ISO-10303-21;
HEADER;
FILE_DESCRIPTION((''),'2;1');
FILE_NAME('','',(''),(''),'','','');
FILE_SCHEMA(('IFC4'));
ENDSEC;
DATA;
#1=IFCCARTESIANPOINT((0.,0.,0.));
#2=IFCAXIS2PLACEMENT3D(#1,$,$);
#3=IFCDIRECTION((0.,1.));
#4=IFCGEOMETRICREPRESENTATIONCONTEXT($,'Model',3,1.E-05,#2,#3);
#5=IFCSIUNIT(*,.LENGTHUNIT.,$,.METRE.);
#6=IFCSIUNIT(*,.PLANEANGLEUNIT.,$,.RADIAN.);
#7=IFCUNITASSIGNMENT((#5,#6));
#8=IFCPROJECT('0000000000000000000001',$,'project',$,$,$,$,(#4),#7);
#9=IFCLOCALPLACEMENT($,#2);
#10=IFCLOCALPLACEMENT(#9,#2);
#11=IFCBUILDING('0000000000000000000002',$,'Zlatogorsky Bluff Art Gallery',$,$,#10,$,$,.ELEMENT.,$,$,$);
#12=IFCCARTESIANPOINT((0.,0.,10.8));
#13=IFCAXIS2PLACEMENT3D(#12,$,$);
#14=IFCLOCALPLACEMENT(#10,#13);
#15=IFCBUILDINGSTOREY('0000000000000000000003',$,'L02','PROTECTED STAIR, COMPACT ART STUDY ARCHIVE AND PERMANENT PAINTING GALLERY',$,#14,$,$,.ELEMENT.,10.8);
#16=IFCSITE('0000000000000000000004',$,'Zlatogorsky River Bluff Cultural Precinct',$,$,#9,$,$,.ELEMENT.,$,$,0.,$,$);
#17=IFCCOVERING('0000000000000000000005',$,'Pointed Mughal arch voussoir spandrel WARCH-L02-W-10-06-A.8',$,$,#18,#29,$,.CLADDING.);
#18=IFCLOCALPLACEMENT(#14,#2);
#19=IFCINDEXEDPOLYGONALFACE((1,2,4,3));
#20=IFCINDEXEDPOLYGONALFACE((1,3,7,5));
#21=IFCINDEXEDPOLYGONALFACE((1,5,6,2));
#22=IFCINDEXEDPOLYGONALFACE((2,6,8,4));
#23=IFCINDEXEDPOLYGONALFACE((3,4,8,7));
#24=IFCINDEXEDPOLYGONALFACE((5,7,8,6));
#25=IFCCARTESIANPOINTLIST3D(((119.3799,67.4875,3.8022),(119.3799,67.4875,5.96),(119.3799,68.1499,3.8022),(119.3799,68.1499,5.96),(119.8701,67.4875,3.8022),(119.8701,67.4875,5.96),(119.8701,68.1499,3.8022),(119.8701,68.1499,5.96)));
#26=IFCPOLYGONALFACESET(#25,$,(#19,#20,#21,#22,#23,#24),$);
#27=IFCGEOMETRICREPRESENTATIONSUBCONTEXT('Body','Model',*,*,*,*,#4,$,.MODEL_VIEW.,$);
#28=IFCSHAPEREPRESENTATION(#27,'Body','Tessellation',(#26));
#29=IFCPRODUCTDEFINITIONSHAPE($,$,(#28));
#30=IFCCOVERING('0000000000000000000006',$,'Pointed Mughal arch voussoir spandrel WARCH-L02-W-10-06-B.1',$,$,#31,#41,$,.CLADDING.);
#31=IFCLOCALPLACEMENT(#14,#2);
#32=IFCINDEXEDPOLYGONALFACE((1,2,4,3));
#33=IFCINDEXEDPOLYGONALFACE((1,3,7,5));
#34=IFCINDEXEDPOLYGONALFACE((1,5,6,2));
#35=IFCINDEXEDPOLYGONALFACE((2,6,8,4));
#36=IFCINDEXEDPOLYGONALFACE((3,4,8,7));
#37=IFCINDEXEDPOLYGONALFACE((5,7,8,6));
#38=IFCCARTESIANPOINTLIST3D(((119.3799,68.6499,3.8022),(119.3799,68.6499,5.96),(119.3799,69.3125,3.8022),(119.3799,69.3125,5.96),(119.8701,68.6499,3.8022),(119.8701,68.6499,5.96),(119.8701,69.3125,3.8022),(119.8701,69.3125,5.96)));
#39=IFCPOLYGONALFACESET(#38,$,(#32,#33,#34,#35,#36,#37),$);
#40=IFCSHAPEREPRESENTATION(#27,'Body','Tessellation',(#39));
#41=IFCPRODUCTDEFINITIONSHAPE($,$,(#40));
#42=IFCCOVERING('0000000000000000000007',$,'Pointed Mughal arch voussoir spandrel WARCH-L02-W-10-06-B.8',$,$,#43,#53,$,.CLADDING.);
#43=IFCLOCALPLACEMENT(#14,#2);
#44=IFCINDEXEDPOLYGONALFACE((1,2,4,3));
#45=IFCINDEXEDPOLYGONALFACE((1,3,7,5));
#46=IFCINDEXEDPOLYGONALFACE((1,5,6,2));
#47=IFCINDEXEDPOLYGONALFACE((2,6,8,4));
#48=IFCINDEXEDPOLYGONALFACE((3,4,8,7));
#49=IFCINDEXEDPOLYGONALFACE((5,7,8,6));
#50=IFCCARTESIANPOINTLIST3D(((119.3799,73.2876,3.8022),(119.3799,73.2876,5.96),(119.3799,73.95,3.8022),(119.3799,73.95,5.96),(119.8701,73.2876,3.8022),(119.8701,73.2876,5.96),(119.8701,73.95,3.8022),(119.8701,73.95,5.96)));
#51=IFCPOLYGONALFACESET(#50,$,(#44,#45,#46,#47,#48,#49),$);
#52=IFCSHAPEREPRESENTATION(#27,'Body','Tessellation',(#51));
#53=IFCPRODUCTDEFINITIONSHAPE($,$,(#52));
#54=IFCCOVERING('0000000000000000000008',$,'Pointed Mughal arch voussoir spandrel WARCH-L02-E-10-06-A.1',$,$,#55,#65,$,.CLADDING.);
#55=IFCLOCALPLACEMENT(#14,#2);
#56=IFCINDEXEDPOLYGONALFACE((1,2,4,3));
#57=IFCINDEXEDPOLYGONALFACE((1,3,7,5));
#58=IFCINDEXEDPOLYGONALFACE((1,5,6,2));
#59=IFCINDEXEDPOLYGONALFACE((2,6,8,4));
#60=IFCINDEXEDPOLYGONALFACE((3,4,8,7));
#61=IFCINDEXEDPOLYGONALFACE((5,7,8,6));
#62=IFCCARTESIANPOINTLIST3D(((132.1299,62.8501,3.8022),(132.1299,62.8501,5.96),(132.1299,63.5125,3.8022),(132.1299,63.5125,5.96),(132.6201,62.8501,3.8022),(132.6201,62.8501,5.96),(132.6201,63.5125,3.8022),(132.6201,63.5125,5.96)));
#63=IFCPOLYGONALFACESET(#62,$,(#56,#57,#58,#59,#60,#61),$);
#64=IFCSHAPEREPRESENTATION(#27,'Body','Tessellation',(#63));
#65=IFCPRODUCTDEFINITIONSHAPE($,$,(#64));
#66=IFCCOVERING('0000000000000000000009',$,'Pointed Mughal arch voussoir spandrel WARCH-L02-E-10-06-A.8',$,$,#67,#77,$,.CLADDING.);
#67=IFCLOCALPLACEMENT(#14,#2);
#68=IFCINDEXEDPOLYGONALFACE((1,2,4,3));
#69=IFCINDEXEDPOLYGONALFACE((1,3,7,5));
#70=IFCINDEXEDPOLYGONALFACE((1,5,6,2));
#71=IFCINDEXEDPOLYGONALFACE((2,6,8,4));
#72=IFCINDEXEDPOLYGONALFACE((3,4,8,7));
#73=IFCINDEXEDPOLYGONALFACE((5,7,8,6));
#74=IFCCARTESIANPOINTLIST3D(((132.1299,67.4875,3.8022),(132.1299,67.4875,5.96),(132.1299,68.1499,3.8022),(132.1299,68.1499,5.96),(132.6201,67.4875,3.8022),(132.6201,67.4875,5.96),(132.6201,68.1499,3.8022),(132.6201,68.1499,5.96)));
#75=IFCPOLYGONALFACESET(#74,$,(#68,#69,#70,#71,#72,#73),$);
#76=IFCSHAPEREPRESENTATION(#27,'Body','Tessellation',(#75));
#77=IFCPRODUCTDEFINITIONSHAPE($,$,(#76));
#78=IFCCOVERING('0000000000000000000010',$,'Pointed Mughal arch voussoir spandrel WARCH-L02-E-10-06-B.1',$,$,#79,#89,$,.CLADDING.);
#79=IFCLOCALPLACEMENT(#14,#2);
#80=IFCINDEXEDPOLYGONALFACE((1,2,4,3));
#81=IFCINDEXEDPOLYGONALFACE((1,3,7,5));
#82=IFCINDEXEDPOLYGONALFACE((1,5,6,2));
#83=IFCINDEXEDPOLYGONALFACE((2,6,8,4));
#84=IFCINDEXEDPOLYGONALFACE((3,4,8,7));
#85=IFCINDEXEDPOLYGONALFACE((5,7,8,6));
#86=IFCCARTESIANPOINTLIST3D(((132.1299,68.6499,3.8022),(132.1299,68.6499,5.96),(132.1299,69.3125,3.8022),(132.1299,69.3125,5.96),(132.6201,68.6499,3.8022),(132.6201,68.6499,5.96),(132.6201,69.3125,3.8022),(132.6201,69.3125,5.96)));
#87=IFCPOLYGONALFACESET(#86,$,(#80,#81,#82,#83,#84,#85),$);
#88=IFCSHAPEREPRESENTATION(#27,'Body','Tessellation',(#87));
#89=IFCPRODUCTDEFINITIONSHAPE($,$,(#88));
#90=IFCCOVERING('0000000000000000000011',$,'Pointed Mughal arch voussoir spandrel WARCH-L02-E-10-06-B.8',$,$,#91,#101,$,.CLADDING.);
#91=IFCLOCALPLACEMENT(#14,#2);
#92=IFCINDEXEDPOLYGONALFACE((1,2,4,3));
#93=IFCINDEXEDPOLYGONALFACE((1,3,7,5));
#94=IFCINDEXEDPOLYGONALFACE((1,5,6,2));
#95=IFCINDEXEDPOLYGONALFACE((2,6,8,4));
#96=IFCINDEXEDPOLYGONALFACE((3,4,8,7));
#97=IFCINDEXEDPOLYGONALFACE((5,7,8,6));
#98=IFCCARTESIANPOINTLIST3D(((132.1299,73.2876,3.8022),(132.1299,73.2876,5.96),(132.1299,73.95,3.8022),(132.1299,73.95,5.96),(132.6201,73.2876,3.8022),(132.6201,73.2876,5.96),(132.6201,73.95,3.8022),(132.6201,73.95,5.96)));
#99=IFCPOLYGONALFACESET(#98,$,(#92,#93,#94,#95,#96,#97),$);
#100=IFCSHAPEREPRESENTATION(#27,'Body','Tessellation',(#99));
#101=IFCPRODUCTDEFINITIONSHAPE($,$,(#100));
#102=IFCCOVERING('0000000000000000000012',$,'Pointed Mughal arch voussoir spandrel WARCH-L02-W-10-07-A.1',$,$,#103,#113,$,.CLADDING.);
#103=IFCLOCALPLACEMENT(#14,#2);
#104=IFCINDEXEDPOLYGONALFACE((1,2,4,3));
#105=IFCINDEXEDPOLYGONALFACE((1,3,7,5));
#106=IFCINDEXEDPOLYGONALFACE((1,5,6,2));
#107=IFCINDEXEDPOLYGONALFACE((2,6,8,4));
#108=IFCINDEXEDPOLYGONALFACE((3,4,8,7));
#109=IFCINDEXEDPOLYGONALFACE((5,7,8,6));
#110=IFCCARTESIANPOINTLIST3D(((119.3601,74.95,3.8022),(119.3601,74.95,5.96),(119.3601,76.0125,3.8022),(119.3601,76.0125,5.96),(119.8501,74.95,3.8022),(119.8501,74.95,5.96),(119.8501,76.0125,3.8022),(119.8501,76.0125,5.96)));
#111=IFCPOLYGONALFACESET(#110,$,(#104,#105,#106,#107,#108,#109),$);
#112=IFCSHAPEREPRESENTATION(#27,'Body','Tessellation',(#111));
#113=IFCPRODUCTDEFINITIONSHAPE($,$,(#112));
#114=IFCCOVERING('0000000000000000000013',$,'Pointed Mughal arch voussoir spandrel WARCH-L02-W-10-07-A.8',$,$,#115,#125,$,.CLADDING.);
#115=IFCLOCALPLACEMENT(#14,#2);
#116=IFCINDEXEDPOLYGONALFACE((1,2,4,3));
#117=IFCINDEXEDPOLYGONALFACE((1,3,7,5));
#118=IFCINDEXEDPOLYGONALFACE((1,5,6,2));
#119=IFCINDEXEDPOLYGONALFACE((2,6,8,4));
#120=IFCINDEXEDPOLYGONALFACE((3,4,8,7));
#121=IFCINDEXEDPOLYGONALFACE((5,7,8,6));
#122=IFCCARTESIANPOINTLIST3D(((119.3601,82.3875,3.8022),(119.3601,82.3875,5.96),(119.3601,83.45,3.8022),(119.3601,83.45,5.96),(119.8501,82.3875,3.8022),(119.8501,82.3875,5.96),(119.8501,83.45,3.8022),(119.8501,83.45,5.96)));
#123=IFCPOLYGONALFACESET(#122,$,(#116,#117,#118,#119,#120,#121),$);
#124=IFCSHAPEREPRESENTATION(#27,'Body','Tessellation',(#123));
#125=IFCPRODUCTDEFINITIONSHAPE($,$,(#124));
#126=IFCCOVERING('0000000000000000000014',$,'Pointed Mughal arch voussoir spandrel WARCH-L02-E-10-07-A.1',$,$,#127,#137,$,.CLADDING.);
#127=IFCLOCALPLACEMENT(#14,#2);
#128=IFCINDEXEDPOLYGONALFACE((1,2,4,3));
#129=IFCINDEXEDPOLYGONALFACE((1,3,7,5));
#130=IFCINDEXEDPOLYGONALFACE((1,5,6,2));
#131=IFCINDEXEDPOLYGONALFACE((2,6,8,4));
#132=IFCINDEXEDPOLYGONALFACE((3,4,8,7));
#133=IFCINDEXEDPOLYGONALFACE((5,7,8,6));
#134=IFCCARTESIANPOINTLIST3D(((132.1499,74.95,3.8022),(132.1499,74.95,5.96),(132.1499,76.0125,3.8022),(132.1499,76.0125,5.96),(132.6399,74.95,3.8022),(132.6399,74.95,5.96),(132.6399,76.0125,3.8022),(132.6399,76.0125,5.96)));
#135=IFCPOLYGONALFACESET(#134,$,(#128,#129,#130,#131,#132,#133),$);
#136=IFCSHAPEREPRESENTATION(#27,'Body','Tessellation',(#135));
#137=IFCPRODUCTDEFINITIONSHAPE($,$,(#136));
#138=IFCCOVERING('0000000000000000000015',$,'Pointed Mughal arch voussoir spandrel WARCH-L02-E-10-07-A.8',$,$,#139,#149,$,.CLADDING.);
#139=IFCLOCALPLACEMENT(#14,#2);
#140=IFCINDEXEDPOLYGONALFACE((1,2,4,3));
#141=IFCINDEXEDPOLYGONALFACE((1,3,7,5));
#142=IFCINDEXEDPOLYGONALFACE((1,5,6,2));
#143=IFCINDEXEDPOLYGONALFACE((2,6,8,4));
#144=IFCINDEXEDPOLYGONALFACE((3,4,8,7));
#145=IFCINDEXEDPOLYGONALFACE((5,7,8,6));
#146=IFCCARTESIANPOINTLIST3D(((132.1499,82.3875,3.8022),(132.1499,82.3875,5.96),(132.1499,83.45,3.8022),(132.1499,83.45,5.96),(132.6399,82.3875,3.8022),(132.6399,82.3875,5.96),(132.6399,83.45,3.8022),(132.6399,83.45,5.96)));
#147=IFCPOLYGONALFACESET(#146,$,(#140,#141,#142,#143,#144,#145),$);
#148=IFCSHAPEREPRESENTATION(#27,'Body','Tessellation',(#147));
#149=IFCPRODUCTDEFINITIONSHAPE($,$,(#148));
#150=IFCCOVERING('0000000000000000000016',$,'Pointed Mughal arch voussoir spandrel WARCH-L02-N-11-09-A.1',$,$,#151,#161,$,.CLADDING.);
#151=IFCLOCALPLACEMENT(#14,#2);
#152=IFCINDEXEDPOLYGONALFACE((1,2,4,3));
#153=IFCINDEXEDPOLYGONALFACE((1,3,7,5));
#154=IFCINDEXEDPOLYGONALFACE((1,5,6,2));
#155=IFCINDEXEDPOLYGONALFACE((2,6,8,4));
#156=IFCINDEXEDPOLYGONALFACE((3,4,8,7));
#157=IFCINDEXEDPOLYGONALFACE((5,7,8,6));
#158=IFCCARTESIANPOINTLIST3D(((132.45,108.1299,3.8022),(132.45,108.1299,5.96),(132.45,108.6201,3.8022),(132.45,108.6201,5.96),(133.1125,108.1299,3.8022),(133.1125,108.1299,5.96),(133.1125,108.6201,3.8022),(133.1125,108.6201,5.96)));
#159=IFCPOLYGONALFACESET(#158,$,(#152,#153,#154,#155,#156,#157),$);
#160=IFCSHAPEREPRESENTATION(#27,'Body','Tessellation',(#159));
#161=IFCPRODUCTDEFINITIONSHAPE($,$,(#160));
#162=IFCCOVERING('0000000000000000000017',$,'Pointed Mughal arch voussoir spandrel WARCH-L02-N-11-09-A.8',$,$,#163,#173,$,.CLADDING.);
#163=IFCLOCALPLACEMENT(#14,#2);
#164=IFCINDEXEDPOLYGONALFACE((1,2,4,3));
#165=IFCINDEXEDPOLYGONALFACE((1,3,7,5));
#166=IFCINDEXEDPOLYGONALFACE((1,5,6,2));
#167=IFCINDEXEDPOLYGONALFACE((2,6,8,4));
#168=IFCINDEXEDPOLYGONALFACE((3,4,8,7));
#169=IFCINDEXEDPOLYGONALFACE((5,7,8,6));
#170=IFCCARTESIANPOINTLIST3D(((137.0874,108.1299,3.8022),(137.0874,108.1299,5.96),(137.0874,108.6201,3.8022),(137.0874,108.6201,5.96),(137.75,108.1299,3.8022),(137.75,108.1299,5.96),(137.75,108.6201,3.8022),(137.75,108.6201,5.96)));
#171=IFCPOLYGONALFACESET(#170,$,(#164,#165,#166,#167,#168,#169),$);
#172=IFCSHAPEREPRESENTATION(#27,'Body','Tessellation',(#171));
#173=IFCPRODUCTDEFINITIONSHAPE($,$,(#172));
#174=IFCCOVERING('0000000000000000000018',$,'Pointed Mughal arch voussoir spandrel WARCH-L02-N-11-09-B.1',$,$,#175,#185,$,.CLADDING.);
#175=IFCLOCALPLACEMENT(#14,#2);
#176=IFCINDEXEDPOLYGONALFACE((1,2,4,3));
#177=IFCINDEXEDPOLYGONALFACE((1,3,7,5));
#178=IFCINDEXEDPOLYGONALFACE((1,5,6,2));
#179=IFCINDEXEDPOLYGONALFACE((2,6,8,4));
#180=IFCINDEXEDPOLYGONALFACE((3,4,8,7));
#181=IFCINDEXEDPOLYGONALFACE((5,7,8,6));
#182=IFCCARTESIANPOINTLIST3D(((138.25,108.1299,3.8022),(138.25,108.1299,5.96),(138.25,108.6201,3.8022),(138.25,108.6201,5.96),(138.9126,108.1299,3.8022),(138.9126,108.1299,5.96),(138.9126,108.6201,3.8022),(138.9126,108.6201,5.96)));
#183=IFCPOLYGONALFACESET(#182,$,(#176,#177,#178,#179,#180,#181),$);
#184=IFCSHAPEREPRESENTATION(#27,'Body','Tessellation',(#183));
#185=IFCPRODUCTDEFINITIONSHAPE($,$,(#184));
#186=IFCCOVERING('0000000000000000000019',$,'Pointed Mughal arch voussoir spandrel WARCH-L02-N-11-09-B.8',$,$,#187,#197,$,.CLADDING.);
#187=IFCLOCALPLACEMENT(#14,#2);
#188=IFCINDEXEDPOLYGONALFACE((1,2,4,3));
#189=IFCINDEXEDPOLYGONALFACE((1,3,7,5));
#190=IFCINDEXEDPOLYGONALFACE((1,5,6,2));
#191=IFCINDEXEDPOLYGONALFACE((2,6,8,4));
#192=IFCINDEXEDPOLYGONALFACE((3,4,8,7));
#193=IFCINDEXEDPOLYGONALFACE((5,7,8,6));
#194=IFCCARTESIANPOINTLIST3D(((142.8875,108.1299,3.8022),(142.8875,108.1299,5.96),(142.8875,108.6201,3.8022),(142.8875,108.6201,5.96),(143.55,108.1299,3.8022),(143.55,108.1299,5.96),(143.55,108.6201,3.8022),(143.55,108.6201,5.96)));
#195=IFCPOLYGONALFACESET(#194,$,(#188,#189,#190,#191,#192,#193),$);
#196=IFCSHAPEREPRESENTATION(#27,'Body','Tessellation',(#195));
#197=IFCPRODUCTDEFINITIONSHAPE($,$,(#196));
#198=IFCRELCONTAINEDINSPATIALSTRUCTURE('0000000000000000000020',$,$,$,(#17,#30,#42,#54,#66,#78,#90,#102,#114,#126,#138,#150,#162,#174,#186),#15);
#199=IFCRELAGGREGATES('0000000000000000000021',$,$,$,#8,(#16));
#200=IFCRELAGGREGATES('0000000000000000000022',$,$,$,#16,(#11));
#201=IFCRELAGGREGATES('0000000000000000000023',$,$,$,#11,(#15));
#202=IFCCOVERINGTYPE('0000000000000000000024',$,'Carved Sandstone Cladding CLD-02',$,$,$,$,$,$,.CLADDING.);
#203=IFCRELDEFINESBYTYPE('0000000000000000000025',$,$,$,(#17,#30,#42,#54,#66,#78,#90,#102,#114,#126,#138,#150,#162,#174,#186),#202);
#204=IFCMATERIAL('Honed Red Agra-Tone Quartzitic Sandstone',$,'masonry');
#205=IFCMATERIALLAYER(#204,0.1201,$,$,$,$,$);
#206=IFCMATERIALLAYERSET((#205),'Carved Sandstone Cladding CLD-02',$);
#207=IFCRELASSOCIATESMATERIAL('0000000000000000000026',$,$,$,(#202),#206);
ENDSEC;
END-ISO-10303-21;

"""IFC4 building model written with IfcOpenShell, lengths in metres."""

from ifc_helpers import new_model, si_unit, direction, frame, origin, place, context, subcontext, project, spatial, polyline, outline, extrude, material, layer, layer_set, type_object, element, save


model = new_model("IFC4")

# Units and contexts
model_context = context("Model", 3, precision=1e-05, world=origin(), true_north=direction((0.0, 1.0)))
body_context = subcontext(model_context, "Body", "Model", "MODEL_VIEW")
ifc_project = project(units=[si_unit("LENGTHUNIT", "METRE"), si_unit("PLANEANGLEUNIT", "RADIAN")], contexts=[model_context])

# Site, building, storey
site_placement = place(None, origin())
site = spatial("IfcSite", under=ifc_project, at=site_placement, Name="Zlatogorsky River Bluff Cultural Precinct", CompositionType="ELEMENT", RefElevation=0.0)
building_placement = place(site_placement, origin())
building = spatial("IfcBuilding", under=site, at=building_placement, Name="Zlatogorsky Bluff Art Gallery", CompositionType="ELEMENT")
storey_placement = place(building_placement, frame((0.0, 0.0, 10.8)))
storey = spatial("IfcBuildingStorey", under=building, at=storey_placement, Name="L02", Description="PROTECTED STAIR, COMPACT ART STUDY ARCHIVE AND PERMANENT PAINTING GALLERY", CompositionType="ELEMENT", Elevation=10.8)

# Coverings
ifc_material = material(Name="Honed Red Agra-Tone Quartzitic Sandstone", Category="masonry")
ifc_layer = layer(ifc_material, 0.1201)
ifc_layer_set = layer_set([ifc_layer], Name="Carved Sandstone Cladding CLD-02")
covering_type = type_object("IfcCoveringType", Name="Carved Sandstone Cladding CLD-02", PredefinedType="CLADDING", material=ifc_layer_set)
covering_1_placement = place(storey_placement, frame((0.0, 0.0, 3.8022)))
element("IfcCovering", 1, at=covering_1_placement, inside=storey, type_object=covering_type, Name="Pointed Mughal arch voussoir spandrel WARCH-L02-W-10-06-A.8", PredefinedType="CLADDING", context=body_context, shape_type="SweptSolid", body=[
    extrude(outline(polyline([(119.3799, 67.4875), (119.3799, 68.1499), (119.8701, 68.1499), (119.8701, 67.4875), (119.3799, 67.4875)])), origin(), (0.0, 0.0, 1.0), 2.1577),
])
covering_2_placement = place(storey_placement, frame((0.0, 0.0, 3.8022)))
element("IfcCovering", 2, at=covering_2_placement, inside=storey, type_object=covering_type, Name="Pointed Mughal arch voussoir spandrel WARCH-L02-W-10-06-B.1", PredefinedType="CLADDING", context=body_context, shape_type="SweptSolid", body=[
    extrude(outline(polyline([(119.3799, 68.6499), (119.3799, 69.3125), (119.8701, 69.3125), (119.8701, 68.6499), (119.3799, 68.6499)])), origin(), (0.0, 0.0, 1.0), 2.1577),
])
covering_3_placement = place(storey_placement, frame((0.0, 0.0, 3.8022)))
element("IfcCovering", 3, at=covering_3_placement, inside=storey, type_object=covering_type, Name="Pointed Mughal arch voussoir spandrel WARCH-L02-W-10-06-B.8", PredefinedType="CLADDING", context=body_context, shape_type="SweptSolid", body=[
    extrude(outline(polyline([(119.3799, 73.2876), (119.3799, 73.95), (119.8701, 73.95), (119.8701, 73.2876), (119.3799, 73.2876)])), origin(), (0.0, 0.0, 1.0), 2.1577),
])
covering_4_placement = place(storey_placement, frame((0.0, 0.0, 3.8022)))
element("IfcCovering", 4, at=covering_4_placement, inside=storey, type_object=covering_type, Name="Pointed Mughal arch voussoir spandrel WARCH-L02-E-10-06-A.1", PredefinedType="CLADDING", context=body_context, shape_type="SweptSolid", body=[
    extrude(outline(polyline([(132.1299, 62.8501), (132.1299, 63.5125), (132.6201, 63.5125), (132.6201, 62.8501), (132.1299, 62.8501)])), origin(), (0.0, 0.0, 1.0), 2.1577),
])
covering_5_placement = place(storey_placement, frame((0.0, 0.0, 3.8022)))
element("IfcCovering", 5, at=covering_5_placement, inside=storey, type_object=covering_type, Name="Pointed Mughal arch voussoir spandrel WARCH-L02-E-10-06-A.8", PredefinedType="CLADDING", context=body_context, shape_type="SweptSolid", body=[
    extrude(outline(polyline([(132.1299, 67.4875), (132.1299, 68.1499), (132.6201, 68.1499), (132.6201, 67.4875), (132.1299, 67.4875)])), origin(), (0.0, 0.0, 1.0), 2.1577),
])
covering_6_placement = place(storey_placement, frame((0.0, 0.0, 3.8022)))
element("IfcCovering", 6, at=covering_6_placement, inside=storey, type_object=covering_type, Name="Pointed Mughal arch voussoir spandrel WARCH-L02-E-10-06-B.1", PredefinedType="CLADDING", context=body_context, shape_type="SweptSolid", body=[
    extrude(outline(polyline([(132.1299, 68.6499), (132.1299, 69.3125), (132.6201, 69.3125), (132.6201, 68.6499), (132.1299, 68.6499)])), origin(), (0.0, 0.0, 1.0), 2.1577),
])
covering_7_placement = place(storey_placement, frame((0.0, 0.0, 3.8022)))
element("IfcCovering", 7, at=covering_7_placement, inside=storey, type_object=covering_type, Name="Pointed Mughal arch voussoir spandrel WARCH-L02-E-10-06-B.8", PredefinedType="CLADDING", context=body_context, shape_type="SweptSolid", body=[
    extrude(outline(polyline([(132.1299, 73.2876), (132.1299, 73.95), (132.6201, 73.95), (132.6201, 73.2876), (132.1299, 73.2876)])), origin(), (0.0, 0.0, 1.0), 2.1577),
])
covering_8_placement = place(storey_placement, frame((0.0, 0.0, 3.8022)))
element("IfcCovering", 8, at=covering_8_placement, inside=storey, type_object=covering_type, Name="Pointed Mughal arch voussoir spandrel WARCH-L02-W-10-07-A.1", PredefinedType="CLADDING", context=body_context, shape_type="SweptSolid", body=[
    extrude(outline(polyline([(119.3601, 74.95), (119.3601, 76.0125), (119.8501, 76.0125), (119.8501, 74.95), (119.3601, 74.95)])), origin(), (0.0, 0.0, 1.0), 2.1577),
])
covering_9_placement = place(storey_placement, frame((0.0, 0.0, 3.8022)))
element("IfcCovering", 9, at=covering_9_placement, inside=storey, type_object=covering_type, Name="Pointed Mughal arch voussoir spandrel WARCH-L02-W-10-07-A.8", PredefinedType="CLADDING", context=body_context, shape_type="SweptSolid", body=[
    extrude(outline(polyline([(119.3601, 82.3875), (119.3601, 83.45), (119.8501, 83.45), (119.8501, 82.3875), (119.3601, 82.3875)])), origin(), (0.0, 0.0, 1.0), 2.1577),
])
covering_10_placement = place(storey_placement, frame((0.0, 0.0, 3.8022)))
element("IfcCovering", 10, at=covering_10_placement, inside=storey, type_object=covering_type, Name="Pointed Mughal arch voussoir spandrel WARCH-L02-E-10-07-A.1", PredefinedType="CLADDING", context=body_context, shape_type="SweptSolid", body=[
    extrude(outline(polyline([(132.1499, 74.95), (132.1499, 76.0125), (132.6399, 76.0125), (132.6399, 74.95), (132.1499, 74.95)])), origin(), (0.0, 0.0, 1.0), 2.1577),
])
covering_11_placement = place(storey_placement, frame((0.0, 0.0, 3.8022)))
element("IfcCovering", 11, at=covering_11_placement, inside=storey, type_object=covering_type, Name="Pointed Mughal arch voussoir spandrel WARCH-L02-E-10-07-A.8", PredefinedType="CLADDING", context=body_context, shape_type="SweptSolid", body=[
    extrude(outline(polyline([(132.1499, 82.3875), (132.1499, 83.45), (132.6399, 83.45), (132.6399, 82.3875), (132.1499, 82.3875)])), origin(), (0.0, 0.0, 1.0), 2.1577),
])
covering_12_placement = place(storey_placement, frame((0.0, 0.0, 3.8022)))
element("IfcCovering", 12, at=covering_12_placement, inside=storey, type_object=covering_type, Name="Pointed Mughal arch voussoir spandrel WARCH-L02-N-11-09-A.1", PredefinedType="CLADDING", context=body_context, shape_type="SweptSolid", body=[
    extrude(outline(polyline([(132.45, 108.1299), (133.1125, 108.1299), (133.1125, 108.6201), (132.45, 108.6201), (132.45, 108.1299)])), origin(), (0.0, 0.0, 1.0), 2.1577),
])
covering_13_placement = place(storey_placement, frame((0.0, 0.0, 3.8022)))
element("IfcCovering", 13, at=covering_13_placement, inside=storey, type_object=covering_type, Name="Pointed Mughal arch voussoir spandrel WARCH-L02-N-11-09-A.8", PredefinedType="CLADDING", context=body_context, shape_type="SweptSolid", body=[
    extrude(outline(polyline([(137.0874, 108.1299), (137.75, 108.1299), (137.75, 108.6201), (137.0874, 108.6201), (137.0874, 108.1299)])), origin(), (0.0, 0.0, 1.0), 2.1577),
])
covering_14_placement = place(storey_placement, frame((0.0, 0.0, 3.8022)))
element("IfcCovering", 14, at=covering_14_placement, inside=storey, type_object=covering_type, Name="Pointed Mughal arch voussoir spandrel WARCH-L02-N-11-09-B.1", PredefinedType="CLADDING", context=body_context, shape_type="SweptSolid", body=[
    extrude(outline(polyline([(138.25, 108.1299), (138.9126, 108.1299), (138.9126, 108.6201), (138.25, 108.6201), (138.25, 108.1299)])), origin(), (0.0, 0.0, 1.0), 2.1577),
])
covering_15_placement = place(storey_placement, frame((0.0, 0.0, 3.8022)))
element("IfcCovering", 15, at=covering_15_placement, inside=storey, type_object=covering_type, Name="Pointed Mughal arch voussoir spandrel WARCH-L02-N-11-09-B.8", PredefinedType="CLADDING", context=body_context, shape_type="SweptSolid", body=[
    extrude(outline(polyline([(142.8875, 108.1299), (143.55, 108.1299), (143.55, 108.6201), (142.8875, 108.6201), (142.8875, 108.1299)])), origin(), (0.0, 0.0, 1.0), 2.1577),
])

save(model, "model.ifc")
